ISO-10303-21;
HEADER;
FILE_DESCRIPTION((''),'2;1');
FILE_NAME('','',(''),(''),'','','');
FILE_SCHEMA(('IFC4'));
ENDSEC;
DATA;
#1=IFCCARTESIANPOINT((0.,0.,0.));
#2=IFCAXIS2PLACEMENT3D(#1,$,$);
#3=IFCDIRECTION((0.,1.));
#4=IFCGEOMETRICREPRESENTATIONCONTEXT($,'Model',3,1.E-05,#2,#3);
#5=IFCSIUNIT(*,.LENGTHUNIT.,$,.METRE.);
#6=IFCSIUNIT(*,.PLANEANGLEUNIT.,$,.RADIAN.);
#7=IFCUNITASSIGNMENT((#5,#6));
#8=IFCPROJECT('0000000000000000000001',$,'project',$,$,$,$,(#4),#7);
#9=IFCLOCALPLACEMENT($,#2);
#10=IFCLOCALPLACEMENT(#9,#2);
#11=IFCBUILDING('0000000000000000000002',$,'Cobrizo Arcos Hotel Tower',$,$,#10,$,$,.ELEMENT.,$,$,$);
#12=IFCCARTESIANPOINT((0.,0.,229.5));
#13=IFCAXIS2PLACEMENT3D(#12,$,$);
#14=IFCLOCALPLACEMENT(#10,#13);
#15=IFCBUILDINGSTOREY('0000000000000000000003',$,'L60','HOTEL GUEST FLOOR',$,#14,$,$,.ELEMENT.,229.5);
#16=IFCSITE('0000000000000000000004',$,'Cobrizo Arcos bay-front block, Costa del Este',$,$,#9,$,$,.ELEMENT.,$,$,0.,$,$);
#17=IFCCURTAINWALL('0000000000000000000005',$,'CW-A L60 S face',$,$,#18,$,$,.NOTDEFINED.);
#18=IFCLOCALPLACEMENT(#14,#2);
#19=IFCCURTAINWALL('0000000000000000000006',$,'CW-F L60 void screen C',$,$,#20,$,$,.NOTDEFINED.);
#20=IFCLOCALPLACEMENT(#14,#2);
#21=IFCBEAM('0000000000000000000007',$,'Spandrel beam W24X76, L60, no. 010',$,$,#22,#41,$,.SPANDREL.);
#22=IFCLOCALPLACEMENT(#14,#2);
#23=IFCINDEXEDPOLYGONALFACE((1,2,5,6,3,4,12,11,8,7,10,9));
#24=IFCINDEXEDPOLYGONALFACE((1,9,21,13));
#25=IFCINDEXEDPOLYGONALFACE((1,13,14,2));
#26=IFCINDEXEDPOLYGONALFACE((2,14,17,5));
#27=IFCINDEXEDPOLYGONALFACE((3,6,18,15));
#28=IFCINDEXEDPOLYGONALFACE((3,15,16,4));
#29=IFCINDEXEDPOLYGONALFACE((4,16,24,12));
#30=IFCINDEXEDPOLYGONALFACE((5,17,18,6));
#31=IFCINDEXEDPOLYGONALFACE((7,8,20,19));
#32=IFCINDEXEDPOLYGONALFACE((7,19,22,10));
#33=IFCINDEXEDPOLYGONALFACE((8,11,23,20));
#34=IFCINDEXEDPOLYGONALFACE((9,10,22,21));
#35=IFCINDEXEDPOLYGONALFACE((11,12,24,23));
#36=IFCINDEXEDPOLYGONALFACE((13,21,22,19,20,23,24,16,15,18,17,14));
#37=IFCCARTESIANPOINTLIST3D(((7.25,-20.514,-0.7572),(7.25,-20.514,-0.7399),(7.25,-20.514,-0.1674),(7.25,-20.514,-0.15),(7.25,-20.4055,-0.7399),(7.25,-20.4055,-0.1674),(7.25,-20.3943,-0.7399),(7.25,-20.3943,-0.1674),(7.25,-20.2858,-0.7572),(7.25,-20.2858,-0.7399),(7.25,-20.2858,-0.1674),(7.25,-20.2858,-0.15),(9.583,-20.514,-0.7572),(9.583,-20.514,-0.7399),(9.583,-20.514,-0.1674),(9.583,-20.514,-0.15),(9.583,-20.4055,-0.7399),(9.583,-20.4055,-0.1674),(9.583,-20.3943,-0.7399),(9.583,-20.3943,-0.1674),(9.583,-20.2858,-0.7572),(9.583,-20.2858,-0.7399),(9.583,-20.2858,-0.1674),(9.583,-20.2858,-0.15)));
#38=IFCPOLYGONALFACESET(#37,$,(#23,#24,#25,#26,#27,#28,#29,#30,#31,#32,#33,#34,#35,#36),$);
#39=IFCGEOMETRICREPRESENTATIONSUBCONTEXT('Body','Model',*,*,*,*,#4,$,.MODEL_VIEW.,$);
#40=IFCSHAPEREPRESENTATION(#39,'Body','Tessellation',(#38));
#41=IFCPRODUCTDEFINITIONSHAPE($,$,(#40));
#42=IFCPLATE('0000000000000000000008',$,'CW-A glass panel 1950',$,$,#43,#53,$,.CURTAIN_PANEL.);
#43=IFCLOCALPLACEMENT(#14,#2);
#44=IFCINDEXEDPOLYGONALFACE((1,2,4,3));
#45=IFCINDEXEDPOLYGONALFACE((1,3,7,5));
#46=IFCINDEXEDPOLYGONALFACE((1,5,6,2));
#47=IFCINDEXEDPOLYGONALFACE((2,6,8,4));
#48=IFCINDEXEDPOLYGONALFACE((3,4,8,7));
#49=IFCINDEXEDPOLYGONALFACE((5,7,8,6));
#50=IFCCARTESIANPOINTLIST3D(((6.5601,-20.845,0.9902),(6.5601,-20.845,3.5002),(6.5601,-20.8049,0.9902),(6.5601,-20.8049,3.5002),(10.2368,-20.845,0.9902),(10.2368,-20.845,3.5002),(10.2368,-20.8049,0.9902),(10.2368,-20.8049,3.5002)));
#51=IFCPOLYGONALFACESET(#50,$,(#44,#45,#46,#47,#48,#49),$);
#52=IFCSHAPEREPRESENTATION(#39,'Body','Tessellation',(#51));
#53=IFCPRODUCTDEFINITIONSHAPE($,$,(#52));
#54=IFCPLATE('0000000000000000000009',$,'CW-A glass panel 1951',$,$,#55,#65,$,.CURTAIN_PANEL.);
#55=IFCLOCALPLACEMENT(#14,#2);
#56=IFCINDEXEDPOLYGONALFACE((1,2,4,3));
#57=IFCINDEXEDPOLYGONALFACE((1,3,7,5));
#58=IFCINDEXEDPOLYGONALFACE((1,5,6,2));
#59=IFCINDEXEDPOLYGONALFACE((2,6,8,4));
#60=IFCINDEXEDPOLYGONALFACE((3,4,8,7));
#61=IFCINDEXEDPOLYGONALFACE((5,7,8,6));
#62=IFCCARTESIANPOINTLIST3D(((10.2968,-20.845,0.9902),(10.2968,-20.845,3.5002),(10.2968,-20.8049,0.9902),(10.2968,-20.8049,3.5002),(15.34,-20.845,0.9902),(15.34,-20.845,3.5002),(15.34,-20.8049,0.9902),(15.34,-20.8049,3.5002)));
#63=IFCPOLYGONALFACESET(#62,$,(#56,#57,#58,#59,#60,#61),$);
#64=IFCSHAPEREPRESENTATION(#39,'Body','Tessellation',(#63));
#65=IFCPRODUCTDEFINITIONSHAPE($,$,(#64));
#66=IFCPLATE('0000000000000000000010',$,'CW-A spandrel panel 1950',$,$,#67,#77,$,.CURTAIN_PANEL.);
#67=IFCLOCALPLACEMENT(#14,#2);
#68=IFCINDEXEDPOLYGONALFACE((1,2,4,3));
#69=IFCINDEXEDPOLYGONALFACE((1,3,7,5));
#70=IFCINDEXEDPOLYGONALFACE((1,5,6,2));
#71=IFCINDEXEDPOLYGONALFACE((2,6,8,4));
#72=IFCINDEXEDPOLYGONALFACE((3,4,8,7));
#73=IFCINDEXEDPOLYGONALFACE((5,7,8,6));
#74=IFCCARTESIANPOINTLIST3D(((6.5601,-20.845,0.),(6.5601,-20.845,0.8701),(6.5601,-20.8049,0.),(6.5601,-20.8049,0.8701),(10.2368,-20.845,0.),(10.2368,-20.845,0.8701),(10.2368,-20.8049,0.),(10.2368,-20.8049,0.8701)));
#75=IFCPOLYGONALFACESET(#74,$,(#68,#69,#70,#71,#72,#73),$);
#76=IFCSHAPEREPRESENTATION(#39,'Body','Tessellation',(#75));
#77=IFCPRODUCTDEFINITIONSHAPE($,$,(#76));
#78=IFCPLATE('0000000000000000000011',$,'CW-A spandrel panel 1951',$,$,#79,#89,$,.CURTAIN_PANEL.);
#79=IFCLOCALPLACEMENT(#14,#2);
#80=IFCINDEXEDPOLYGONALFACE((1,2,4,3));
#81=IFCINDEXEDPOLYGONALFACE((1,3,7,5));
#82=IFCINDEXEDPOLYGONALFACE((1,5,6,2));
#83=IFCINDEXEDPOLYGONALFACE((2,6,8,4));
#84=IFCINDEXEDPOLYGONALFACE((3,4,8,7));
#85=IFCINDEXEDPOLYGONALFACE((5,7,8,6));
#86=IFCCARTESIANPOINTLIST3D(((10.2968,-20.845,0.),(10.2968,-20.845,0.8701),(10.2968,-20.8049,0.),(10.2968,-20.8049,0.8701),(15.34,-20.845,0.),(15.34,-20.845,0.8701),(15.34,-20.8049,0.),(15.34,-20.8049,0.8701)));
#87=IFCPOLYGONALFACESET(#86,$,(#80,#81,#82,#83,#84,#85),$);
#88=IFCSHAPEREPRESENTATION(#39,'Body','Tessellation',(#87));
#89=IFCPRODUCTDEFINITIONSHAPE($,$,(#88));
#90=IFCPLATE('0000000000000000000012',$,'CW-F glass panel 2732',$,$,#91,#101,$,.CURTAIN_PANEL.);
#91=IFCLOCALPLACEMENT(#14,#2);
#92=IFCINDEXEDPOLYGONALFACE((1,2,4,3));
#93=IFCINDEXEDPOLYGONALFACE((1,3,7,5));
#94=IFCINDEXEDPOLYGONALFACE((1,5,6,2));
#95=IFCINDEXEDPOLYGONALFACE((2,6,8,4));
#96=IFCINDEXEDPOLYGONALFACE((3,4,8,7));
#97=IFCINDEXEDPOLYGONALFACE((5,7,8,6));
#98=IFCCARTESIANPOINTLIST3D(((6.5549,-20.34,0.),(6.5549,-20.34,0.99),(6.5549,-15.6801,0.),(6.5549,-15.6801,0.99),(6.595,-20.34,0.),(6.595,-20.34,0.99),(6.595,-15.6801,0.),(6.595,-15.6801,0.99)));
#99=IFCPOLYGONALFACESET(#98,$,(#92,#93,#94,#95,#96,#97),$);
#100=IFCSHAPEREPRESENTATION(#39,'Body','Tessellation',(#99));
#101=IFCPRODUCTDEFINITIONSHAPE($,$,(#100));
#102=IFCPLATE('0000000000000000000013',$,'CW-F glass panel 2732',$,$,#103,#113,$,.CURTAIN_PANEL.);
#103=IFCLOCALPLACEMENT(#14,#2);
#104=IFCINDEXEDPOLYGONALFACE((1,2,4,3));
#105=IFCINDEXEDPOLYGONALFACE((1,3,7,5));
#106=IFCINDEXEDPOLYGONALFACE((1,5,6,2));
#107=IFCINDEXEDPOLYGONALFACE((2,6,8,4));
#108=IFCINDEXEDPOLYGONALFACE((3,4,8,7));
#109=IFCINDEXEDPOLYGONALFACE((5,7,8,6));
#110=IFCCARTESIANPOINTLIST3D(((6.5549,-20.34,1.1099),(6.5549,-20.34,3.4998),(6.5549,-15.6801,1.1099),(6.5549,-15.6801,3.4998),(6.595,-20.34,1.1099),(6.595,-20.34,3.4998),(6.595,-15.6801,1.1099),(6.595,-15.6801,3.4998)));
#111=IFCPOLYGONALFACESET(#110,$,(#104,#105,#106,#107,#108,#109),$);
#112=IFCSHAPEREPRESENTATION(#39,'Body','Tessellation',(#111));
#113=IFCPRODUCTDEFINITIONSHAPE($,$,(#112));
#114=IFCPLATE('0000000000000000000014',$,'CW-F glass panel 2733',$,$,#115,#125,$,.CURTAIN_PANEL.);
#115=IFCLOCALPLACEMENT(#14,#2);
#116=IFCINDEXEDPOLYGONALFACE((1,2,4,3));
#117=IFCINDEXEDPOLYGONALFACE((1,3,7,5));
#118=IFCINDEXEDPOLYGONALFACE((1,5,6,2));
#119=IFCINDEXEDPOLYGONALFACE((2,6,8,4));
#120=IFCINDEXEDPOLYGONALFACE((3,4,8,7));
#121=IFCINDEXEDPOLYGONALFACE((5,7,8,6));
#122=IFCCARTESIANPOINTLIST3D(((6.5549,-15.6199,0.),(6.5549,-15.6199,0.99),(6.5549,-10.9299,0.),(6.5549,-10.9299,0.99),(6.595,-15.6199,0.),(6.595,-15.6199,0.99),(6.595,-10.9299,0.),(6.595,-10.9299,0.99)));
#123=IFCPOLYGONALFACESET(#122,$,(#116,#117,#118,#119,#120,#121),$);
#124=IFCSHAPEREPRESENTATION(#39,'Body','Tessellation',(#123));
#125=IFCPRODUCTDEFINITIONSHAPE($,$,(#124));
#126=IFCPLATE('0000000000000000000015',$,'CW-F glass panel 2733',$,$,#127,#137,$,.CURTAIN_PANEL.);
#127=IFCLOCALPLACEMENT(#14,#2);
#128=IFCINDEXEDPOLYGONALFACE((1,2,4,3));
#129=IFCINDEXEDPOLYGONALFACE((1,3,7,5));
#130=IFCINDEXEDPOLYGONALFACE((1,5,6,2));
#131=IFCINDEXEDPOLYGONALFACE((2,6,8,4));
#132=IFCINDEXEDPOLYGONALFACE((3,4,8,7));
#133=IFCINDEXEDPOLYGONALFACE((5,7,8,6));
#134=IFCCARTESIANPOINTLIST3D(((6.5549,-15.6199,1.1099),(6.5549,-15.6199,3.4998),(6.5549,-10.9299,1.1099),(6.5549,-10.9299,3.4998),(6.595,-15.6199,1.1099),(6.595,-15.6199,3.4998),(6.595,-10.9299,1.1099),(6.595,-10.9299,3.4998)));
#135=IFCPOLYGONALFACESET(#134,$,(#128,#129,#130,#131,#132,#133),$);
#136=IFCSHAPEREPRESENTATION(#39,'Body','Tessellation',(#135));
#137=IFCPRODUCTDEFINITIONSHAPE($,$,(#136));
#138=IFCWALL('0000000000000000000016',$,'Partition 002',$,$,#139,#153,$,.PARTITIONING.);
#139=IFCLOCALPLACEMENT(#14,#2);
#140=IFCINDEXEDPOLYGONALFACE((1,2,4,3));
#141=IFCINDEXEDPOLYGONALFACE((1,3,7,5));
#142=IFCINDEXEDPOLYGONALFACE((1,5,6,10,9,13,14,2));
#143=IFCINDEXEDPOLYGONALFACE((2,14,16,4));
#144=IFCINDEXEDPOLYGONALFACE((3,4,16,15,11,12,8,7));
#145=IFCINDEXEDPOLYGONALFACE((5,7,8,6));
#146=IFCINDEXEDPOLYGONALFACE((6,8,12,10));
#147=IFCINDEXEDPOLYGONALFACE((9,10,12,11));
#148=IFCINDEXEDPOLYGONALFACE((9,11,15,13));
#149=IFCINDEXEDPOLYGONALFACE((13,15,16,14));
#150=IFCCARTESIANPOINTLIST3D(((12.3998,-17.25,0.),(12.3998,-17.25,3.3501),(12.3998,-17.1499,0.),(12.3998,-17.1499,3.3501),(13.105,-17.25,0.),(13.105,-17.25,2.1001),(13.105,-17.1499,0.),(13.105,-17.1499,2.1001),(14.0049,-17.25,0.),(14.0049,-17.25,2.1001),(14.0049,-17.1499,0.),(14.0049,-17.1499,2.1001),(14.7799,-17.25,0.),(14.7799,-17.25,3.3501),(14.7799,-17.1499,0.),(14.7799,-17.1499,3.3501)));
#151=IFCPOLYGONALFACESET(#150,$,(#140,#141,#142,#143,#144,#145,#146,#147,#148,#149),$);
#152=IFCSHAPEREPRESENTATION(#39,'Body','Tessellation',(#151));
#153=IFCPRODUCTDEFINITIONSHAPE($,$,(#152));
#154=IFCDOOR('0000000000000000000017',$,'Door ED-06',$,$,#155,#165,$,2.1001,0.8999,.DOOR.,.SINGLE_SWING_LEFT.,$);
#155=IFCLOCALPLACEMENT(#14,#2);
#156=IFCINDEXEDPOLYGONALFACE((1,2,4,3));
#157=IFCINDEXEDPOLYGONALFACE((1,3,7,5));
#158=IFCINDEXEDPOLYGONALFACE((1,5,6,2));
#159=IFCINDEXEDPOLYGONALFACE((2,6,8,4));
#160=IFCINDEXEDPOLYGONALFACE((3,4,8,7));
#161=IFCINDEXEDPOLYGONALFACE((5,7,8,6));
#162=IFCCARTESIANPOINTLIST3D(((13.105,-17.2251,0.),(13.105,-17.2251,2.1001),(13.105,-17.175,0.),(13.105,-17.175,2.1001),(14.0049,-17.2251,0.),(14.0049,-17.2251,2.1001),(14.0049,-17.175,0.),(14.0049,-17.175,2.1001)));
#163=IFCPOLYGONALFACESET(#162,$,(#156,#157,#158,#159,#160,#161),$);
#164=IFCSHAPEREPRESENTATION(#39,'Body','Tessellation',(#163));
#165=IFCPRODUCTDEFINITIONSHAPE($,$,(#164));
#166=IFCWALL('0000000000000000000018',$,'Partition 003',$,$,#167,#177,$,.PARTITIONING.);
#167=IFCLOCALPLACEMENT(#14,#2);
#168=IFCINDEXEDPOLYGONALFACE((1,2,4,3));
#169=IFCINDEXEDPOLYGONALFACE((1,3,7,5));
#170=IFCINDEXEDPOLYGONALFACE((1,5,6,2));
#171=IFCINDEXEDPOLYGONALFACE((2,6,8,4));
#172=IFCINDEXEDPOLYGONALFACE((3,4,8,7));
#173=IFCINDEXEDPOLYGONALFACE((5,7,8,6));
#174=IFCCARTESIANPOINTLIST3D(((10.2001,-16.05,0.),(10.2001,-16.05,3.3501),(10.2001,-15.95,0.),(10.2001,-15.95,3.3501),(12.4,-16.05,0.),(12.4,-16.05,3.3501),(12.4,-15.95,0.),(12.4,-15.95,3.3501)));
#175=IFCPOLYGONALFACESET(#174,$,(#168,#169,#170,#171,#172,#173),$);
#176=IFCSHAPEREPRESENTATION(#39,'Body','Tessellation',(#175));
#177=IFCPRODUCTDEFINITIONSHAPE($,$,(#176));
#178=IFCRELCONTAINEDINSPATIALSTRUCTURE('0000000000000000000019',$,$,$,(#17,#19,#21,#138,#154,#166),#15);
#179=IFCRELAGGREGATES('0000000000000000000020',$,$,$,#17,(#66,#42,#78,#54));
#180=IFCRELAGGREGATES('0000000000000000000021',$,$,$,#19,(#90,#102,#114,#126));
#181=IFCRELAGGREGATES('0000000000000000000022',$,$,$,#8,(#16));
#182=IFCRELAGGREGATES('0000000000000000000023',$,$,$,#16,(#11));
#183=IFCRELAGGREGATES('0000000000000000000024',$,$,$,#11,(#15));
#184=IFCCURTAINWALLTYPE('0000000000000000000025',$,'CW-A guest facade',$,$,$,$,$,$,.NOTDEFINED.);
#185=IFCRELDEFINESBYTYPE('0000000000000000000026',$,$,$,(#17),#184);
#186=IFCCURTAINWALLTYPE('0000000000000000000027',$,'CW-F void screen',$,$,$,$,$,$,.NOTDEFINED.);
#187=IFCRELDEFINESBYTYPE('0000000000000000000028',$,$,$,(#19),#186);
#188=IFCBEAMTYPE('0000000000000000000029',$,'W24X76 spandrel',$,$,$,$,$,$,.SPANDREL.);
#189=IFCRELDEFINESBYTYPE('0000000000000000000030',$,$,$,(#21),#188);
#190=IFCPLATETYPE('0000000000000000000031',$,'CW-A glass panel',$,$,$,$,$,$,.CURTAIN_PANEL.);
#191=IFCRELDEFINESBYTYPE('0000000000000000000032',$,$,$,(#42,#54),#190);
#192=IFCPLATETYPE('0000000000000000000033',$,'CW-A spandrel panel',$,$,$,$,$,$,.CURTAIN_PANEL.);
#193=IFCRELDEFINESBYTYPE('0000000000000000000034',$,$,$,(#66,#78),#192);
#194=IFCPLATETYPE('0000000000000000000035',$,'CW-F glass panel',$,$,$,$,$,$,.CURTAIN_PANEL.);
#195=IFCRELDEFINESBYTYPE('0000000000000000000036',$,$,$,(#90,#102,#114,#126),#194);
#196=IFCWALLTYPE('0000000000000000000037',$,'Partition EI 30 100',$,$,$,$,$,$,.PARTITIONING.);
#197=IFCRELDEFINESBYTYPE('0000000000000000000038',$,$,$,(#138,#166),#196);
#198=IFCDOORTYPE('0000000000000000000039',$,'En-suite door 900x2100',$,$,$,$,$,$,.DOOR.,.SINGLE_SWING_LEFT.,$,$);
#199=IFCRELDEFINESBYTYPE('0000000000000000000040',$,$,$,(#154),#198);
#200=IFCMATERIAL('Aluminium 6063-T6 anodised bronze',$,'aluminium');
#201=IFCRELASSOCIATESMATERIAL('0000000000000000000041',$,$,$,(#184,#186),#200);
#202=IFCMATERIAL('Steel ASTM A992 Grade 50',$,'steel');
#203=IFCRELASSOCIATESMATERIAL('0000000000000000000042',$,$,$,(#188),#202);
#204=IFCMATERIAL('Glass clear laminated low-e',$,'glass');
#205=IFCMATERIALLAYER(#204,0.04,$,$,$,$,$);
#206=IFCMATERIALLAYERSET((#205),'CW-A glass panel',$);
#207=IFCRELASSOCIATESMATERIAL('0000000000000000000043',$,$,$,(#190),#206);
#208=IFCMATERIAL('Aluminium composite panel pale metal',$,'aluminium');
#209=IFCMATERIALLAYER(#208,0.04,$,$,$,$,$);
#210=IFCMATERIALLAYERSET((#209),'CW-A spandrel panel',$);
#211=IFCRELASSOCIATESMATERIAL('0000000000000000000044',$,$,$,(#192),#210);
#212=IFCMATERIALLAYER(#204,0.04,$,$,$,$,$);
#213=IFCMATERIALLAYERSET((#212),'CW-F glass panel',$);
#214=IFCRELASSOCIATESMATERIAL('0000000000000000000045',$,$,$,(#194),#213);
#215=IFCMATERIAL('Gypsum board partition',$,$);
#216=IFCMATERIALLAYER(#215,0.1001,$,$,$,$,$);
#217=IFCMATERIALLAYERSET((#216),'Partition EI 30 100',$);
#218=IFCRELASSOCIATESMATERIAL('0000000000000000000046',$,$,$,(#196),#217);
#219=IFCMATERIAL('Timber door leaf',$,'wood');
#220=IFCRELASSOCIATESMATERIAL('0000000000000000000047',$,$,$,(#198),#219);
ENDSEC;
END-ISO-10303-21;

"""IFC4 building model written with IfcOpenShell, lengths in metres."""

from ifc_helpers import new_model, si_unit, direction, frame, frame_2d, origin, origin_2d, place, context, subcontext, project, spatial, rectangle, i_section, extrude, material, layer, layer_set, material_profile, profile_set, type_object, element, fill, aggregate, save


model = new_model("IFC4")

# Units and contexts
model_context = context("Model", 3, precision=1e-05, world=origin(), true_north=direction((0.0, 1.0)))
body_context = subcontext(model_context, "Body", "Model", "MODEL_VIEW")
ifc_project = project(units=[si_unit("LENGTHUNIT", "METRE"), si_unit("PLANEANGLEUNIT", "RADIAN")], contexts=[model_context])

# Site, building, storey
site_placement = place(None, origin())
site = spatial("IfcSite", under=ifc_project, at=site_placement, Name="Cobrizo Arcos bay-front block, Costa del Este", CompositionType="ELEMENT", RefElevation=0.0)
building_placement = place(site_placement, origin())
building = spatial("IfcBuilding", under=site, at=building_placement, Name="Cobrizo Arcos Hotel Tower", CompositionType="ELEMENT")
storey_placement = place(building_placement, frame((0.0, 0.0, 229.5)))
storey = spatial("IfcBuildingStorey", under=building, at=storey_placement, Name="L60", Description="HOTEL GUEST FLOOR", CompositionType="ELEMENT", Elevation=229.5)

# Curtain walls
ifc_material_1 = material(Name="Aluminium 6063-T6 anodised bronze", Category="aluminium")
curtain_wall_type_1 = type_object("IfcCurtainWallType", Name="CW-A guest facade", PredefinedType="NOTDEFINED", material=ifc_material_1)
curtain_wall_1_placement = place(storey_placement, origin())
curtain_wall_1 = element("IfcCurtainWall", 1, at=curtain_wall_1_placement, inside=storey, type_object=curtain_wall_type_1, Name="CW-A L60 S face", PredefinedType="NOTDEFINED")
curtain_wall_type_2 = type_object("IfcCurtainWallType", Name="CW-F void screen", PredefinedType="NOTDEFINED", material=ifc_material_1)
curtain_wall_2_placement = place(storey_placement, origin())
curtain_wall_2 = element("IfcCurtainWall", 2, at=curtain_wall_2_placement, inside=storey, type_object=curtain_wall_type_2, Name="CW-F L60 void screen C", PredefinedType="NOTDEFINED")

# Beam
ifc_material_2 = material(Name="Steel ASTM A992 Grade 50", Category="steel")
ifc_material_profile_1 = material_profile(ifc_material_2, i_section(OverallWidth=0.2283, OverallDepth=0.6072, WebThickness=0.0112, FlangeThickness=0.0173, at=origin_2d()), Name="W24X76")
ifc_profile_set_1 = profile_set([ifc_material_profile_1], Name="Steel ASTM A992 Grade 50")
beam_type_1 = type_object("IfcBeamType", Name="W24X76 spandrel", PredefinedType="SPANDREL", material=ifc_profile_set_1)
beam_1_placement = place(storey_placement, frame((9.583, -20.3999, -0.4536), z_axis=(-1.0, 0.0, 0.0), x_axis=(0.0, -1.0, 0.0)))
element("IfcBeam", 3, at=beam_1_placement, inside=storey, type_object=beam_type_1, Name="Spandrel beam W24X76, L60, no. 010", PredefinedType="SPANDREL", context=body_context, shape_type="SweptSolid", body=[
    extrude(i_section(OverallWidth=0.2283, OverallDepth=0.6072, WebThickness=0.0112, FlangeThickness=0.0173, at=origin_2d()), origin(), (0.0, 0.0, 1.0), 2.333),
])

# Plates
ifc_material_3 = material(Name="Glass clear laminated low-e", Category="glass")
ifc_layer_1 = layer(ifc_material_3, 0.04)
ifc_layer_set_1 = layer_set([ifc_layer_1], Name="CW-A glass panel")
plate_type_1 = type_object("IfcPlateType", Name="CW-A glass panel", PredefinedType="CURTAIN_PANEL", material=ifc_layer_set_1)
plate_1_placement = place(storey_placement, frame((8.3984, -20.825, 0.9902), z_axis=(0.0, 0.0, 1.0), x_axis=(1.0, 0.0, 0.0)))
plate_1 = element("IfcPlate", 4, at=plate_1_placement, type_object=plate_type_1, Name="CW-A glass panel 1950", PredefinedType="CURTAIN_PANEL", context=body_context, shape_type="SweptSolid", body=[
    extrude(rectangle(XDim=3.6768, YDim=0.04, at=origin_2d()), origin(), (0.0, 0.0, 1.0), 2.51),
])
plate_2_placement = place(storey_placement, frame((12.8184, -20.825, 0.9902), z_axis=(0.0, 0.0, 1.0), x_axis=(1.0, 0.0, 0.0)))
plate_2 = element("IfcPlate", 5, at=plate_2_placement, type_object=plate_type_1, Name="CW-A glass panel 1951", PredefinedType="CURTAIN_PANEL", context=body_context, shape_type="SweptSolid", body=[
    extrude(rectangle(XDim=5.0432, YDim=0.04, at=origin_2d()), origin(), (0.0, 0.0, 1.0), 2.51),
])
ifc_material_4 = material(Name="Aluminium composite panel pale metal", Category="aluminium")
ifc_layer_2 = layer(ifc_material_4, 0.04)
ifc_layer_set_2 = layer_set([ifc_layer_2], Name="CW-A spandrel panel")
plate_type_2 = type_object("IfcPlateType", Name="CW-A spandrel panel", PredefinedType="CURTAIN_PANEL", material=ifc_layer_set_2)
plate_3_placement = place(storey_placement, frame((8.3984, -20.825, 0.0), z_axis=(0.0, 0.0, 1.0), x_axis=(1.0, 0.0, 0.0)))
plate_3 = element("IfcPlate", 6, at=plate_3_placement, type_object=plate_type_2, Name="CW-A spandrel panel 1950", PredefinedType="CURTAIN_PANEL", context=body_context, shape_type="SweptSolid", body=[
    extrude(rectangle(XDim=3.6768, YDim=0.04, at=origin_2d()), origin(), (0.0, 0.0, 1.0), 0.8701),
])
plate_4_placement = place(storey_placement, frame((12.8184, -20.825, 0.0), z_axis=(0.0, 0.0, 1.0), x_axis=(1.0, 0.0, 0.0)))
plate_4 = element("IfcPlate", 7, at=plate_4_placement, type_object=plate_type_2, Name="CW-A spandrel panel 1951", PredefinedType="CURTAIN_PANEL", context=body_context, shape_type="SweptSolid", body=[
    extrude(rectangle(XDim=5.0432, YDim=0.04, at=origin_2d()), origin(), (0.0, 0.0, 1.0), 0.8701),
])
aggregate(curtain_wall_1, [plate_3, plate_1, plate_4, plate_2])
ifc_layer_3 = layer(ifc_material_3, 0.04)
ifc_layer_set_3 = layer_set([ifc_layer_3], Name="CW-F glass panel")
plate_type_3 = type_object("IfcPlateType", Name="CW-F glass panel", PredefinedType="CURTAIN_PANEL", material=ifc_layer_set_3)
plate_5_placement = place(storey_placement, frame((6.575, -18.01, 0.0), z_axis=(0.0, 0.0, 1.0), x_axis=(0.0, 1.0, 0.0)))
plate_5 = element("IfcPlate", 8, at=plate_5_placement, type_object=plate_type_3, Name="CW-F glass panel 2732", PredefinedType="CURTAIN_PANEL", context=body_context, shape_type="SweptSolid", body=[
    extrude(rectangle(XDim=4.6599, YDim=0.04, at=origin_2d()), origin(), (0.0, 0.0, 1.0), 0.99),
])
plate_6_placement = place(storey_placement, frame((6.575, -18.01, 1.1099), z_axis=(0.0, 0.0, 1.0), x_axis=(0.0, 1.0, 0.0)))
plate_6 = element("IfcPlate", 9, at=plate_6_placement, type_object=plate_type_3, Name="CW-F glass panel 2732", PredefinedType="CURTAIN_PANEL", context=body_context, shape_type="SweptSolid", body=[
    extrude(rectangle(XDim=4.6599, YDim=0.04, at=origin_2d()), origin(), (0.0, 0.0, 1.0), 2.3899),
])
plate_7_placement = place(storey_placement, frame((6.575, -13.2749, 0.0), z_axis=(0.0, 0.0, 1.0), x_axis=(0.0, 1.0, 0.0)))
plate_7 = element("IfcPlate", 10, at=plate_7_placement, type_object=plate_type_3, Name="CW-F glass panel 2733", PredefinedType="CURTAIN_PANEL", context=body_context, shape_type="SweptSolid", body=[
    extrude(rectangle(XDim=4.6899, YDim=0.04, at=origin_2d()), origin(), (0.0, 0.0, 1.0), 0.99),
])
plate_8_placement = place(storey_placement, frame((6.575, -13.2749, 1.1099), z_axis=(0.0, 0.0, 1.0), x_axis=(0.0, 1.0, 0.0)))
plate_8 = element("IfcPlate", 11, at=plate_8_placement, type_object=plate_type_3, Name="CW-F glass panel 2733", PredefinedType="CURTAIN_PANEL", context=body_context, shape_type="SweptSolid", body=[
    extrude(rectangle(XDim=4.6899, YDim=0.04, at=origin_2d()), origin(), (0.0, 0.0, 1.0), 2.3899),
])
aggregate(curtain_wall_2, [plate_5, plate_6, plate_7, plate_8])

# Wall, opening, door
ifc_material_5 = material(Name="Gypsum board partition")
ifc_layer_4 = layer(ifc_material_5, 0.1001)
ifc_layer_set_4 = layer_set([ifc_layer_4], Name="Partition EI 30 100")
wall_type = type_object("IfcWallType", Name="Partition EI 30 100", PredefinedType="PARTITIONING", material=ifc_layer_set_4)
wall_1_placement = place(storey_placement, frame((12.3999, -17.2, 0.0), z_axis=(0.0, 0.0, 1.0), x_axis=(1.0, 0.0, 0.0)))
wall_1 = element("IfcWall", 12, at=wall_1_placement, inside=storey, type_object=wall_type, Name="Partition 002", PredefinedType="PARTITIONING", context=body_context, shape_type="SweptSolid", body=[
    extrude(rectangle(XDim=2.3801, YDim=0.1001, at=frame_2d((1.1899, 0.0))), origin(), (0.0, 0.0, 1.0), 3.3501),
])
opening_1_placement = place(wall_1_placement, frame((0.7051, 0.0, 0.0)))
opening_1 = element("IfcOpeningElement", 13, at=opening_1_placement, cuts=wall_1, PredefinedType="OPENING", context=body_context, shape_type="SweptSolid", body=[
    extrude(rectangle(XDim=0.8999, YDim=2.1001, at=frame_2d((0.45, 1.05))), frame((0.0, 0.062, 0.0), z_axis=(0.0, -1.0, 0.0), x_axis=(1.0, 0.0, 0.0)), (0.0, 0.0, 1.0), 0.124),
])
ifc_material_6 = material(Name="Timber door leaf", Category="wood")
door_type = type_object("IfcDoorType", Name="En-suite door 900x2100", OperationType="SINGLE_SWING_LEFT", PredefinedType="DOOR", material=ifc_material_6)
door_1_placement = place(opening_1_placement, origin())
door_1 = element("IfcDoor", 14, at=door_1_placement, inside=storey, type_object=door_type, Name="Door ED-06", OperationType="SINGLE_SWING_LEFT", OverallHeight=2.1001, OverallWidth=0.8999, PredefinedType="DOOR", context=body_context, shape_type="SweptSolid", body=[
    extrude(rectangle(XDim=0.8999, YDim=2.1001, at=frame_2d((0.45, 1.05))), frame((0.0, 0.0249, 0.0), z_axis=(0.0, -1.0, 0.0), x_axis=(1.0, 0.0, 0.0)), (0.0, 0.0, 1.0), 0.05),
])
fill(opening_1, door_1)

# Wall
wall_2_placement = place(storey_placement, frame((10.2, -16.0, 0.0), z_axis=(0.0, 0.0, 1.0), x_axis=(1.0, 0.0, 0.0)))
element("IfcWall", 15, at=wall_2_placement, inside=storey, type_object=wall_type, Name="Partition 003", PredefinedType="PARTITIONING", context=body_context, shape_type="SweptSolid", body=[
    extrude(rectangle(XDim=2.2, YDim=0.1001, at=frame_2d((1.1001, 0.0))), origin(), (0.0, 0.0, 1.0), 3.3501),
])

save(model, "model.ifc")
